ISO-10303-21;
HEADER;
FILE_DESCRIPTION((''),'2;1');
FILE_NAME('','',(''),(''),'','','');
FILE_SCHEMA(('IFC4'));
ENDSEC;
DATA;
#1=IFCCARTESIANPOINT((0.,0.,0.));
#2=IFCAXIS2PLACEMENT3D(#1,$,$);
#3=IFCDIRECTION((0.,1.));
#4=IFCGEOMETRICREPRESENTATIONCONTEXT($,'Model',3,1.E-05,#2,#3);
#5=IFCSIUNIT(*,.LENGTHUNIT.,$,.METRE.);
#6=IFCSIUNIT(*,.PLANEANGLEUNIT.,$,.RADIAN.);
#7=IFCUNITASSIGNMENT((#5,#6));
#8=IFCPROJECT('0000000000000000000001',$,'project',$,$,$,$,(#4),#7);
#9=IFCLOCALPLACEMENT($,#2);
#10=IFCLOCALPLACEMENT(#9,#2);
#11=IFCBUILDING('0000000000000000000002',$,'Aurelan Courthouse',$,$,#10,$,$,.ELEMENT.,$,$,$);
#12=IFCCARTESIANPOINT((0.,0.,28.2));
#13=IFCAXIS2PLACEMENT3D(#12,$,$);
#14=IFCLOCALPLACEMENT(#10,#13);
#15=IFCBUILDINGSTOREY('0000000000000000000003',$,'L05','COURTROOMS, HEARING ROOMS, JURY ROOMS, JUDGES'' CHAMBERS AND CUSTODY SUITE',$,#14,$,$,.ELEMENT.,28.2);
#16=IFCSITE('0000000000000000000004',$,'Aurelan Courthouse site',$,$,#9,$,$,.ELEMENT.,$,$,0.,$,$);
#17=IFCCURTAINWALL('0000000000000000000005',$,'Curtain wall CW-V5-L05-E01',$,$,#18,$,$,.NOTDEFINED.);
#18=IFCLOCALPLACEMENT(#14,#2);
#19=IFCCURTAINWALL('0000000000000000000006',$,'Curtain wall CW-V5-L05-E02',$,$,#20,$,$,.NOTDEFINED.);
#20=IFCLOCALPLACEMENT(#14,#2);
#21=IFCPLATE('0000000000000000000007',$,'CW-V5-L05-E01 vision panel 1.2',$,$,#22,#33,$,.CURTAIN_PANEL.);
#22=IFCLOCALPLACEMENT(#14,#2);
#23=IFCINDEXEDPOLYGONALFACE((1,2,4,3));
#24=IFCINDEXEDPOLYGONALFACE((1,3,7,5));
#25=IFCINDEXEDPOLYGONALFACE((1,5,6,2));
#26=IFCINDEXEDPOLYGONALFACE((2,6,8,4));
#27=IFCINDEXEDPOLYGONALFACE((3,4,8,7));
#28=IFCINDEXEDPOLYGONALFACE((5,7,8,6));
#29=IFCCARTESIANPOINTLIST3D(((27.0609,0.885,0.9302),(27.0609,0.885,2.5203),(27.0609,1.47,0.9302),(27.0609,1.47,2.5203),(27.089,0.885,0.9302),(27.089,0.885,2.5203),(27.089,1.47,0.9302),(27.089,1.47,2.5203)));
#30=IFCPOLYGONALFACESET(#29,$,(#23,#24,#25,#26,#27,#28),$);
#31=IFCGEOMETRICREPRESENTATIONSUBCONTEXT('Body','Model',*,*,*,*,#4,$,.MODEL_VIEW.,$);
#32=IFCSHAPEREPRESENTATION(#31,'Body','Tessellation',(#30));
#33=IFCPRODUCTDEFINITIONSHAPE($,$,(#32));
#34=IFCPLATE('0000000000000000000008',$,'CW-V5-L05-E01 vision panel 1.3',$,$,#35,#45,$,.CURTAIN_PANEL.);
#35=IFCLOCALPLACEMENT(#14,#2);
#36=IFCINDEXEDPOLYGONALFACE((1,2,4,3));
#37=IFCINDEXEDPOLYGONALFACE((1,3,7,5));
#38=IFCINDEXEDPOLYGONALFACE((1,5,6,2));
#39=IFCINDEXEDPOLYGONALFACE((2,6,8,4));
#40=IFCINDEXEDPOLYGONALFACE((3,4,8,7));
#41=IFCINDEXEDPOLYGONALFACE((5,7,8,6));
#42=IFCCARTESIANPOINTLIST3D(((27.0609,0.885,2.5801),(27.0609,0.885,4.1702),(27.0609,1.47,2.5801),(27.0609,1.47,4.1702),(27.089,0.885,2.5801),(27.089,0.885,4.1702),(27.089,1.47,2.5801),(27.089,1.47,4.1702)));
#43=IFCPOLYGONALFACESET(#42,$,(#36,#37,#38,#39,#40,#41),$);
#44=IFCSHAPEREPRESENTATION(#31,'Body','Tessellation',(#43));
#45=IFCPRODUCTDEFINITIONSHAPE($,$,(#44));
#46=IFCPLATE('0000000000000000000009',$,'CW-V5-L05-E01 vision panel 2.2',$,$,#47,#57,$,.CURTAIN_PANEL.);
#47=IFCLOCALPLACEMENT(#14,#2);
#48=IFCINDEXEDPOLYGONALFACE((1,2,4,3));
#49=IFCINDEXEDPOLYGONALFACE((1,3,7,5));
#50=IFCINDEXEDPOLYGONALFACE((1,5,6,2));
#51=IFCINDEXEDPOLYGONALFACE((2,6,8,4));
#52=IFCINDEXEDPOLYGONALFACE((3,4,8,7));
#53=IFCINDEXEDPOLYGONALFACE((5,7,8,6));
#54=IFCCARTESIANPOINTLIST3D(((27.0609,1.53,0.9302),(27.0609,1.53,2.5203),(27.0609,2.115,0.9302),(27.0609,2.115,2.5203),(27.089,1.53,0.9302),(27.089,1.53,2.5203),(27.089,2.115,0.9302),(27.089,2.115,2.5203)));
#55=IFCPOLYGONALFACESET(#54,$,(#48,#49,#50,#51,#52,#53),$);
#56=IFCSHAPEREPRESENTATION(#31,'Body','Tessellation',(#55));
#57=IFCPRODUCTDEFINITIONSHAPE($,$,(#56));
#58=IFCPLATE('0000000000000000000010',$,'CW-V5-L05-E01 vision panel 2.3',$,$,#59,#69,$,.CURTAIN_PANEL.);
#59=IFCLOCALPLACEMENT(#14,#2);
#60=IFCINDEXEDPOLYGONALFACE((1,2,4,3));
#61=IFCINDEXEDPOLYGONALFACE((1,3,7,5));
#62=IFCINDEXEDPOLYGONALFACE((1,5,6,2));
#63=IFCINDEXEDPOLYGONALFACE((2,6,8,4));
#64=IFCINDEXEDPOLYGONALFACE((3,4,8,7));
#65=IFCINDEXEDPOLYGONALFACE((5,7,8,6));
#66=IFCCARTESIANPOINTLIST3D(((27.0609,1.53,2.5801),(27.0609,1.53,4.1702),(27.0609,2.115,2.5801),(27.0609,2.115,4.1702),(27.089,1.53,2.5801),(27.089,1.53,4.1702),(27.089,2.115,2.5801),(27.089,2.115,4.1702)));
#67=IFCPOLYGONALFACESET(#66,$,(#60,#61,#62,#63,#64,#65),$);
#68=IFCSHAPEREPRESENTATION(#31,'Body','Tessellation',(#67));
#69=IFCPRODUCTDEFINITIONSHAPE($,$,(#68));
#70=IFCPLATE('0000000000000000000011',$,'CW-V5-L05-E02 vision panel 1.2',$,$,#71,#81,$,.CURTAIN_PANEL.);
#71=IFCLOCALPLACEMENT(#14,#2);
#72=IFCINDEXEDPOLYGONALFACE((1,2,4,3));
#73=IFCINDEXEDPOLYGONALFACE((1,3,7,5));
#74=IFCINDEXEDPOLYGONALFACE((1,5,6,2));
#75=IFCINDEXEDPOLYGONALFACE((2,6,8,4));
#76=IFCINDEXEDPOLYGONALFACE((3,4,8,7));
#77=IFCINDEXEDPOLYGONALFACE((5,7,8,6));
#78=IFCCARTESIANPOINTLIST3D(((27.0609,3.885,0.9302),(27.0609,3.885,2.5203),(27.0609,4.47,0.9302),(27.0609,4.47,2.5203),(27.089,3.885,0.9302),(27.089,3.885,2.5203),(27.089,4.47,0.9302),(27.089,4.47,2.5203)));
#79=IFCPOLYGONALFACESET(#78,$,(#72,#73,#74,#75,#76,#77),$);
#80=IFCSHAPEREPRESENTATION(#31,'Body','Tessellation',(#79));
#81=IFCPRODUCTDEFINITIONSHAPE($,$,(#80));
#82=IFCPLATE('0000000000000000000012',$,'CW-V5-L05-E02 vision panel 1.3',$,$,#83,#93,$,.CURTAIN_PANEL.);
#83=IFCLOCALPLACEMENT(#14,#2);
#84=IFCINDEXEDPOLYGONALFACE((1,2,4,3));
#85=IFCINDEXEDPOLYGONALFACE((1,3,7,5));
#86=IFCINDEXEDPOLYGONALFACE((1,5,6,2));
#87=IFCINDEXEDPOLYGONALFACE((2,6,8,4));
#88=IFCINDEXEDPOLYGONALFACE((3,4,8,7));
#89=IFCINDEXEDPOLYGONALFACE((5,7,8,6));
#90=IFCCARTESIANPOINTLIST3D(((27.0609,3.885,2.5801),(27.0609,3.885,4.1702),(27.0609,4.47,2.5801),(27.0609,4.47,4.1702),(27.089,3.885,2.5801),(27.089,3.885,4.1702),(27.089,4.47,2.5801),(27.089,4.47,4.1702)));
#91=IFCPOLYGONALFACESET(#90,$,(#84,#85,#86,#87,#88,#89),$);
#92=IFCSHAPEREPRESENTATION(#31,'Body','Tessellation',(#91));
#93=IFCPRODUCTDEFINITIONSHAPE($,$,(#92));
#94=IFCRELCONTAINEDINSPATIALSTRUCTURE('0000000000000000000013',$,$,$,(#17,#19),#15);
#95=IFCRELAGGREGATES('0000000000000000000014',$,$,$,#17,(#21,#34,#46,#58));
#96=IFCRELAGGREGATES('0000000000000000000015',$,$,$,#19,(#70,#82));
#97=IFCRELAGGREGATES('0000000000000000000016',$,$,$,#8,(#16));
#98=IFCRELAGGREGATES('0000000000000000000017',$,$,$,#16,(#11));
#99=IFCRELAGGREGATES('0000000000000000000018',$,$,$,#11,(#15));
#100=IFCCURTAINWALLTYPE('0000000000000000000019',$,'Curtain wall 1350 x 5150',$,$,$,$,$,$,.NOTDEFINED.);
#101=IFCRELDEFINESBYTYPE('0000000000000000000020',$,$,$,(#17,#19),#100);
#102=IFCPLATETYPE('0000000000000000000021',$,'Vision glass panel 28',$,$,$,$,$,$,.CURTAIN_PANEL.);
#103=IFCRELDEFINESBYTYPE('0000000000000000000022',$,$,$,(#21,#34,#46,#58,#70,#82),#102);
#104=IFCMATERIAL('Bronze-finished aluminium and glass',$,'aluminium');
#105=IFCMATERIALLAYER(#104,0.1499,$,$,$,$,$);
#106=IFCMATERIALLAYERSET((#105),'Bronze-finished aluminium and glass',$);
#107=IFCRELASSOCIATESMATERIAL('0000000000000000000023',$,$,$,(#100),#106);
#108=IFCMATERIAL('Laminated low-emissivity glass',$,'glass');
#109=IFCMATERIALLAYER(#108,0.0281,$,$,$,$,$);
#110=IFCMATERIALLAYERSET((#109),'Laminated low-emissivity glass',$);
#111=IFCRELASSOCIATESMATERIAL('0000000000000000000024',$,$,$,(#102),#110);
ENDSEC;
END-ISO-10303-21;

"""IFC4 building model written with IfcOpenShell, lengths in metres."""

from ifc_helpers import new_model, si_unit, direction, frame, origin, origin_2d, place, context, subcontext, project, spatial, rectangle, extrude, material, layer, layer_set, type_object, element, aggregate, save


model = new_model("IFC4")

# Units and contexts
model_context = context("Model", 3, precision=1e-05, world=origin(), true_north=direction((0.0, 1.0)))
body_context = subcontext(model_context, "Body", "Model", "MODEL_VIEW")
ifc_project = project(units=[si_unit("LENGTHUNIT", "METRE"), si_unit("PLANEANGLEUNIT", "RADIAN")], contexts=[model_context])

# Site, building, storey
site_placement = place(None, origin())
site = spatial("IfcSite", under=ifc_project, at=site_placement, Name="Aurelan Courthouse site", CompositionType="ELEMENT", RefElevation=0.0)
building_placement = place(site_placement, origin())
building = spatial("IfcBuilding", under=site, at=building_placement, Name="Aurelan Courthouse", CompositionType="ELEMENT")
storey_placement = place(building_placement, frame((0.0, 0.0, 28.2)))
storey = spatial("IfcBuildingStorey", under=building, at=storey_placement, Name="L05", Description="COURTROOMS, HEARING ROOMS, JURY ROOMS, JUDGES' CHAMBERS AND CUSTODY SUITE", CompositionType="ELEMENT", Elevation=28.2)

# Curtain walls
ifc_material_1 = material(Name="Bronze-finished aluminium and glass", Category="aluminium")
ifc_layer_1 = layer(ifc_material_1, 0.1499)
ifc_layer_set_1 = layer_set([ifc_layer_1], Name="Bronze-finished aluminium and glass")
curtain_wall_type = type_object("IfcCurtainWallType", Name="Curtain wall 1350 x 5150", PredefinedType="NOTDEFINED", material=ifc_layer_set_1)
curtain_wall_1_placement = place(storey_placement, origin())
curtain_wall_1 = element("IfcCurtainWall", 1, at=curtain_wall_1_placement, inside=storey, type_object=curtain_wall_type, Name="Curtain wall CW-V5-L05-E01", PredefinedType="NOTDEFINED")
curtain_wall_2_placement = place(storey_placement, origin())
curtain_wall_2 = element("IfcCurtainWall", 2, at=curtain_wall_2_placement, inside=storey, type_object=curtain_wall_type, Name="Curtain wall CW-V5-L05-E02", PredefinedType="NOTDEFINED")

# Plates
ifc_material_2 = material(Name="Laminated low-emissivity glass", Category="glass")
ifc_layer_2 = layer(ifc_material_2, 0.0281)
ifc_layer_set_2 = layer_set([ifc_layer_2], Name="Laminated low-emissivity glass")
plate_type_1 = type_object("IfcPlateType", Name="Vision glass panel 28", PredefinedType="CURTAIN_PANEL", material=ifc_layer_set_2)
plate_1_placement = place(storey_placement, frame((27.075, 1.1775, 0.9302), z_axis=(0.0, 0.0, 1.0), x_axis=(0.0, 1.0, 0.0)))
plate_1 = element("IfcPlate", 3, at=plate_1_placement, type_object=plate_type_1, Name="CW-V5-L05-E01 vision panel 1.2", PredefinedType="CURTAIN_PANEL", context=body_context, shape_type="SweptSolid", body=[
    extrude(rectangle(XDim=0.585, YDim=0.0281, at=origin_2d()), origin(), (0.0, 0.0, 1.0), 1.5901),
])
plate_2_placement = place(storey_placement, frame((27.075, 1.1775, 2.5801), z_axis=(0.0, 0.0, 1.0), x_axis=(0.0, 1.0, 0.0)))
plate_2 = element("IfcPlate", 4, at=plate_2_placement, type_object=plate_type_1, Name="CW-V5-L05-E01 vision panel 1.3", PredefinedType="CURTAIN_PANEL", context=body_context, shape_type="SweptSolid", body=[
    extrude(rectangle(XDim=0.585, YDim=0.0281, at=origin_2d()), origin(), (0.0, 0.0, 1.0), 1.5901),
])
plate_3_placement = place(storey_placement, frame((27.075, 1.8225, 0.9302), z_axis=(0.0, 0.0, 1.0), x_axis=(0.0, 1.0, 0.0)))
plate_3 = element("IfcPlate", 5, at=plate_3_placement, type_object=plate_type_1, Name="CW-V5-L05-E01 vision panel 2.2", PredefinedType="CURTAIN_PANEL", context=body_context, shape_type="SweptSolid", body=[
    extrude(rectangle(XDim=0.585, YDim=0.0281, at=origin_2d()), origin(), (0.0, 0.0, 1.0), 1.5901),
])
plate_4_placement = place(storey_placement, frame((27.075, 1.8225, 2.5801), z_axis=(0.0, 0.0, 1.0), x_axis=(0.0, 1.0, 0.0)))
plate_4 = element("IfcPlate", 6, at=plate_4_placement, type_object=plate_type_1, Name="CW-V5-L05-E01 vision panel 2.3", PredefinedType="CURTAIN_PANEL", context=body_context, shape_type="SweptSolid", body=[
    extrude(rectangle(XDim=0.585, YDim=0.0281, at=origin_2d()), origin(), (0.0, 0.0, 1.0), 1.5901),
])
aggregate(curtain_wall_1, [plate_1, plate_2, plate_3, plate_4])
plate_5_placement = place(storey_placement, frame((27.075, 4.1775, 0.9302), z_axis=(0.0, 0.0, 1.0), x_axis=(0.0, 1.0, 0.0)))
plate_5 = element("IfcPlate", 7, at=plate_5_placement, type_object=plate_type_1, Name="CW-V5-L05-E02 vision panel 1.2", PredefinedType="CURTAIN_PANEL", context=body_context, shape_type="SweptSolid", body=[
    extrude(rectangle(XDim=0.585, YDim=0.0281, at=origin_2d()), origin(), (0.0, 0.0, 1.0), 1.5901),
])
plate_6_placement = place(storey_placement, frame((27.075, 4.1775, 2.5801), z_axis=(0.0, 0.0, 1.0), x_axis=(0.0, 1.0, 0.0)))
plate_6 = element("IfcPlate", 8, at=plate_6_placement, type_object=plate_type_1, Name="CW-V5-L05-E02 vision panel 1.3", PredefinedType="CURTAIN_PANEL", context=body_context, shape_type="SweptSolid", body=[
    extrude(rectangle(XDim=0.585, YDim=0.0281, at=origin_2d()), origin(), (0.0, 0.0, 1.0), 1.5901),
])
aggregate(curtain_wall_2, [plate_5, plate_6])

save(model, "model.ifc")
